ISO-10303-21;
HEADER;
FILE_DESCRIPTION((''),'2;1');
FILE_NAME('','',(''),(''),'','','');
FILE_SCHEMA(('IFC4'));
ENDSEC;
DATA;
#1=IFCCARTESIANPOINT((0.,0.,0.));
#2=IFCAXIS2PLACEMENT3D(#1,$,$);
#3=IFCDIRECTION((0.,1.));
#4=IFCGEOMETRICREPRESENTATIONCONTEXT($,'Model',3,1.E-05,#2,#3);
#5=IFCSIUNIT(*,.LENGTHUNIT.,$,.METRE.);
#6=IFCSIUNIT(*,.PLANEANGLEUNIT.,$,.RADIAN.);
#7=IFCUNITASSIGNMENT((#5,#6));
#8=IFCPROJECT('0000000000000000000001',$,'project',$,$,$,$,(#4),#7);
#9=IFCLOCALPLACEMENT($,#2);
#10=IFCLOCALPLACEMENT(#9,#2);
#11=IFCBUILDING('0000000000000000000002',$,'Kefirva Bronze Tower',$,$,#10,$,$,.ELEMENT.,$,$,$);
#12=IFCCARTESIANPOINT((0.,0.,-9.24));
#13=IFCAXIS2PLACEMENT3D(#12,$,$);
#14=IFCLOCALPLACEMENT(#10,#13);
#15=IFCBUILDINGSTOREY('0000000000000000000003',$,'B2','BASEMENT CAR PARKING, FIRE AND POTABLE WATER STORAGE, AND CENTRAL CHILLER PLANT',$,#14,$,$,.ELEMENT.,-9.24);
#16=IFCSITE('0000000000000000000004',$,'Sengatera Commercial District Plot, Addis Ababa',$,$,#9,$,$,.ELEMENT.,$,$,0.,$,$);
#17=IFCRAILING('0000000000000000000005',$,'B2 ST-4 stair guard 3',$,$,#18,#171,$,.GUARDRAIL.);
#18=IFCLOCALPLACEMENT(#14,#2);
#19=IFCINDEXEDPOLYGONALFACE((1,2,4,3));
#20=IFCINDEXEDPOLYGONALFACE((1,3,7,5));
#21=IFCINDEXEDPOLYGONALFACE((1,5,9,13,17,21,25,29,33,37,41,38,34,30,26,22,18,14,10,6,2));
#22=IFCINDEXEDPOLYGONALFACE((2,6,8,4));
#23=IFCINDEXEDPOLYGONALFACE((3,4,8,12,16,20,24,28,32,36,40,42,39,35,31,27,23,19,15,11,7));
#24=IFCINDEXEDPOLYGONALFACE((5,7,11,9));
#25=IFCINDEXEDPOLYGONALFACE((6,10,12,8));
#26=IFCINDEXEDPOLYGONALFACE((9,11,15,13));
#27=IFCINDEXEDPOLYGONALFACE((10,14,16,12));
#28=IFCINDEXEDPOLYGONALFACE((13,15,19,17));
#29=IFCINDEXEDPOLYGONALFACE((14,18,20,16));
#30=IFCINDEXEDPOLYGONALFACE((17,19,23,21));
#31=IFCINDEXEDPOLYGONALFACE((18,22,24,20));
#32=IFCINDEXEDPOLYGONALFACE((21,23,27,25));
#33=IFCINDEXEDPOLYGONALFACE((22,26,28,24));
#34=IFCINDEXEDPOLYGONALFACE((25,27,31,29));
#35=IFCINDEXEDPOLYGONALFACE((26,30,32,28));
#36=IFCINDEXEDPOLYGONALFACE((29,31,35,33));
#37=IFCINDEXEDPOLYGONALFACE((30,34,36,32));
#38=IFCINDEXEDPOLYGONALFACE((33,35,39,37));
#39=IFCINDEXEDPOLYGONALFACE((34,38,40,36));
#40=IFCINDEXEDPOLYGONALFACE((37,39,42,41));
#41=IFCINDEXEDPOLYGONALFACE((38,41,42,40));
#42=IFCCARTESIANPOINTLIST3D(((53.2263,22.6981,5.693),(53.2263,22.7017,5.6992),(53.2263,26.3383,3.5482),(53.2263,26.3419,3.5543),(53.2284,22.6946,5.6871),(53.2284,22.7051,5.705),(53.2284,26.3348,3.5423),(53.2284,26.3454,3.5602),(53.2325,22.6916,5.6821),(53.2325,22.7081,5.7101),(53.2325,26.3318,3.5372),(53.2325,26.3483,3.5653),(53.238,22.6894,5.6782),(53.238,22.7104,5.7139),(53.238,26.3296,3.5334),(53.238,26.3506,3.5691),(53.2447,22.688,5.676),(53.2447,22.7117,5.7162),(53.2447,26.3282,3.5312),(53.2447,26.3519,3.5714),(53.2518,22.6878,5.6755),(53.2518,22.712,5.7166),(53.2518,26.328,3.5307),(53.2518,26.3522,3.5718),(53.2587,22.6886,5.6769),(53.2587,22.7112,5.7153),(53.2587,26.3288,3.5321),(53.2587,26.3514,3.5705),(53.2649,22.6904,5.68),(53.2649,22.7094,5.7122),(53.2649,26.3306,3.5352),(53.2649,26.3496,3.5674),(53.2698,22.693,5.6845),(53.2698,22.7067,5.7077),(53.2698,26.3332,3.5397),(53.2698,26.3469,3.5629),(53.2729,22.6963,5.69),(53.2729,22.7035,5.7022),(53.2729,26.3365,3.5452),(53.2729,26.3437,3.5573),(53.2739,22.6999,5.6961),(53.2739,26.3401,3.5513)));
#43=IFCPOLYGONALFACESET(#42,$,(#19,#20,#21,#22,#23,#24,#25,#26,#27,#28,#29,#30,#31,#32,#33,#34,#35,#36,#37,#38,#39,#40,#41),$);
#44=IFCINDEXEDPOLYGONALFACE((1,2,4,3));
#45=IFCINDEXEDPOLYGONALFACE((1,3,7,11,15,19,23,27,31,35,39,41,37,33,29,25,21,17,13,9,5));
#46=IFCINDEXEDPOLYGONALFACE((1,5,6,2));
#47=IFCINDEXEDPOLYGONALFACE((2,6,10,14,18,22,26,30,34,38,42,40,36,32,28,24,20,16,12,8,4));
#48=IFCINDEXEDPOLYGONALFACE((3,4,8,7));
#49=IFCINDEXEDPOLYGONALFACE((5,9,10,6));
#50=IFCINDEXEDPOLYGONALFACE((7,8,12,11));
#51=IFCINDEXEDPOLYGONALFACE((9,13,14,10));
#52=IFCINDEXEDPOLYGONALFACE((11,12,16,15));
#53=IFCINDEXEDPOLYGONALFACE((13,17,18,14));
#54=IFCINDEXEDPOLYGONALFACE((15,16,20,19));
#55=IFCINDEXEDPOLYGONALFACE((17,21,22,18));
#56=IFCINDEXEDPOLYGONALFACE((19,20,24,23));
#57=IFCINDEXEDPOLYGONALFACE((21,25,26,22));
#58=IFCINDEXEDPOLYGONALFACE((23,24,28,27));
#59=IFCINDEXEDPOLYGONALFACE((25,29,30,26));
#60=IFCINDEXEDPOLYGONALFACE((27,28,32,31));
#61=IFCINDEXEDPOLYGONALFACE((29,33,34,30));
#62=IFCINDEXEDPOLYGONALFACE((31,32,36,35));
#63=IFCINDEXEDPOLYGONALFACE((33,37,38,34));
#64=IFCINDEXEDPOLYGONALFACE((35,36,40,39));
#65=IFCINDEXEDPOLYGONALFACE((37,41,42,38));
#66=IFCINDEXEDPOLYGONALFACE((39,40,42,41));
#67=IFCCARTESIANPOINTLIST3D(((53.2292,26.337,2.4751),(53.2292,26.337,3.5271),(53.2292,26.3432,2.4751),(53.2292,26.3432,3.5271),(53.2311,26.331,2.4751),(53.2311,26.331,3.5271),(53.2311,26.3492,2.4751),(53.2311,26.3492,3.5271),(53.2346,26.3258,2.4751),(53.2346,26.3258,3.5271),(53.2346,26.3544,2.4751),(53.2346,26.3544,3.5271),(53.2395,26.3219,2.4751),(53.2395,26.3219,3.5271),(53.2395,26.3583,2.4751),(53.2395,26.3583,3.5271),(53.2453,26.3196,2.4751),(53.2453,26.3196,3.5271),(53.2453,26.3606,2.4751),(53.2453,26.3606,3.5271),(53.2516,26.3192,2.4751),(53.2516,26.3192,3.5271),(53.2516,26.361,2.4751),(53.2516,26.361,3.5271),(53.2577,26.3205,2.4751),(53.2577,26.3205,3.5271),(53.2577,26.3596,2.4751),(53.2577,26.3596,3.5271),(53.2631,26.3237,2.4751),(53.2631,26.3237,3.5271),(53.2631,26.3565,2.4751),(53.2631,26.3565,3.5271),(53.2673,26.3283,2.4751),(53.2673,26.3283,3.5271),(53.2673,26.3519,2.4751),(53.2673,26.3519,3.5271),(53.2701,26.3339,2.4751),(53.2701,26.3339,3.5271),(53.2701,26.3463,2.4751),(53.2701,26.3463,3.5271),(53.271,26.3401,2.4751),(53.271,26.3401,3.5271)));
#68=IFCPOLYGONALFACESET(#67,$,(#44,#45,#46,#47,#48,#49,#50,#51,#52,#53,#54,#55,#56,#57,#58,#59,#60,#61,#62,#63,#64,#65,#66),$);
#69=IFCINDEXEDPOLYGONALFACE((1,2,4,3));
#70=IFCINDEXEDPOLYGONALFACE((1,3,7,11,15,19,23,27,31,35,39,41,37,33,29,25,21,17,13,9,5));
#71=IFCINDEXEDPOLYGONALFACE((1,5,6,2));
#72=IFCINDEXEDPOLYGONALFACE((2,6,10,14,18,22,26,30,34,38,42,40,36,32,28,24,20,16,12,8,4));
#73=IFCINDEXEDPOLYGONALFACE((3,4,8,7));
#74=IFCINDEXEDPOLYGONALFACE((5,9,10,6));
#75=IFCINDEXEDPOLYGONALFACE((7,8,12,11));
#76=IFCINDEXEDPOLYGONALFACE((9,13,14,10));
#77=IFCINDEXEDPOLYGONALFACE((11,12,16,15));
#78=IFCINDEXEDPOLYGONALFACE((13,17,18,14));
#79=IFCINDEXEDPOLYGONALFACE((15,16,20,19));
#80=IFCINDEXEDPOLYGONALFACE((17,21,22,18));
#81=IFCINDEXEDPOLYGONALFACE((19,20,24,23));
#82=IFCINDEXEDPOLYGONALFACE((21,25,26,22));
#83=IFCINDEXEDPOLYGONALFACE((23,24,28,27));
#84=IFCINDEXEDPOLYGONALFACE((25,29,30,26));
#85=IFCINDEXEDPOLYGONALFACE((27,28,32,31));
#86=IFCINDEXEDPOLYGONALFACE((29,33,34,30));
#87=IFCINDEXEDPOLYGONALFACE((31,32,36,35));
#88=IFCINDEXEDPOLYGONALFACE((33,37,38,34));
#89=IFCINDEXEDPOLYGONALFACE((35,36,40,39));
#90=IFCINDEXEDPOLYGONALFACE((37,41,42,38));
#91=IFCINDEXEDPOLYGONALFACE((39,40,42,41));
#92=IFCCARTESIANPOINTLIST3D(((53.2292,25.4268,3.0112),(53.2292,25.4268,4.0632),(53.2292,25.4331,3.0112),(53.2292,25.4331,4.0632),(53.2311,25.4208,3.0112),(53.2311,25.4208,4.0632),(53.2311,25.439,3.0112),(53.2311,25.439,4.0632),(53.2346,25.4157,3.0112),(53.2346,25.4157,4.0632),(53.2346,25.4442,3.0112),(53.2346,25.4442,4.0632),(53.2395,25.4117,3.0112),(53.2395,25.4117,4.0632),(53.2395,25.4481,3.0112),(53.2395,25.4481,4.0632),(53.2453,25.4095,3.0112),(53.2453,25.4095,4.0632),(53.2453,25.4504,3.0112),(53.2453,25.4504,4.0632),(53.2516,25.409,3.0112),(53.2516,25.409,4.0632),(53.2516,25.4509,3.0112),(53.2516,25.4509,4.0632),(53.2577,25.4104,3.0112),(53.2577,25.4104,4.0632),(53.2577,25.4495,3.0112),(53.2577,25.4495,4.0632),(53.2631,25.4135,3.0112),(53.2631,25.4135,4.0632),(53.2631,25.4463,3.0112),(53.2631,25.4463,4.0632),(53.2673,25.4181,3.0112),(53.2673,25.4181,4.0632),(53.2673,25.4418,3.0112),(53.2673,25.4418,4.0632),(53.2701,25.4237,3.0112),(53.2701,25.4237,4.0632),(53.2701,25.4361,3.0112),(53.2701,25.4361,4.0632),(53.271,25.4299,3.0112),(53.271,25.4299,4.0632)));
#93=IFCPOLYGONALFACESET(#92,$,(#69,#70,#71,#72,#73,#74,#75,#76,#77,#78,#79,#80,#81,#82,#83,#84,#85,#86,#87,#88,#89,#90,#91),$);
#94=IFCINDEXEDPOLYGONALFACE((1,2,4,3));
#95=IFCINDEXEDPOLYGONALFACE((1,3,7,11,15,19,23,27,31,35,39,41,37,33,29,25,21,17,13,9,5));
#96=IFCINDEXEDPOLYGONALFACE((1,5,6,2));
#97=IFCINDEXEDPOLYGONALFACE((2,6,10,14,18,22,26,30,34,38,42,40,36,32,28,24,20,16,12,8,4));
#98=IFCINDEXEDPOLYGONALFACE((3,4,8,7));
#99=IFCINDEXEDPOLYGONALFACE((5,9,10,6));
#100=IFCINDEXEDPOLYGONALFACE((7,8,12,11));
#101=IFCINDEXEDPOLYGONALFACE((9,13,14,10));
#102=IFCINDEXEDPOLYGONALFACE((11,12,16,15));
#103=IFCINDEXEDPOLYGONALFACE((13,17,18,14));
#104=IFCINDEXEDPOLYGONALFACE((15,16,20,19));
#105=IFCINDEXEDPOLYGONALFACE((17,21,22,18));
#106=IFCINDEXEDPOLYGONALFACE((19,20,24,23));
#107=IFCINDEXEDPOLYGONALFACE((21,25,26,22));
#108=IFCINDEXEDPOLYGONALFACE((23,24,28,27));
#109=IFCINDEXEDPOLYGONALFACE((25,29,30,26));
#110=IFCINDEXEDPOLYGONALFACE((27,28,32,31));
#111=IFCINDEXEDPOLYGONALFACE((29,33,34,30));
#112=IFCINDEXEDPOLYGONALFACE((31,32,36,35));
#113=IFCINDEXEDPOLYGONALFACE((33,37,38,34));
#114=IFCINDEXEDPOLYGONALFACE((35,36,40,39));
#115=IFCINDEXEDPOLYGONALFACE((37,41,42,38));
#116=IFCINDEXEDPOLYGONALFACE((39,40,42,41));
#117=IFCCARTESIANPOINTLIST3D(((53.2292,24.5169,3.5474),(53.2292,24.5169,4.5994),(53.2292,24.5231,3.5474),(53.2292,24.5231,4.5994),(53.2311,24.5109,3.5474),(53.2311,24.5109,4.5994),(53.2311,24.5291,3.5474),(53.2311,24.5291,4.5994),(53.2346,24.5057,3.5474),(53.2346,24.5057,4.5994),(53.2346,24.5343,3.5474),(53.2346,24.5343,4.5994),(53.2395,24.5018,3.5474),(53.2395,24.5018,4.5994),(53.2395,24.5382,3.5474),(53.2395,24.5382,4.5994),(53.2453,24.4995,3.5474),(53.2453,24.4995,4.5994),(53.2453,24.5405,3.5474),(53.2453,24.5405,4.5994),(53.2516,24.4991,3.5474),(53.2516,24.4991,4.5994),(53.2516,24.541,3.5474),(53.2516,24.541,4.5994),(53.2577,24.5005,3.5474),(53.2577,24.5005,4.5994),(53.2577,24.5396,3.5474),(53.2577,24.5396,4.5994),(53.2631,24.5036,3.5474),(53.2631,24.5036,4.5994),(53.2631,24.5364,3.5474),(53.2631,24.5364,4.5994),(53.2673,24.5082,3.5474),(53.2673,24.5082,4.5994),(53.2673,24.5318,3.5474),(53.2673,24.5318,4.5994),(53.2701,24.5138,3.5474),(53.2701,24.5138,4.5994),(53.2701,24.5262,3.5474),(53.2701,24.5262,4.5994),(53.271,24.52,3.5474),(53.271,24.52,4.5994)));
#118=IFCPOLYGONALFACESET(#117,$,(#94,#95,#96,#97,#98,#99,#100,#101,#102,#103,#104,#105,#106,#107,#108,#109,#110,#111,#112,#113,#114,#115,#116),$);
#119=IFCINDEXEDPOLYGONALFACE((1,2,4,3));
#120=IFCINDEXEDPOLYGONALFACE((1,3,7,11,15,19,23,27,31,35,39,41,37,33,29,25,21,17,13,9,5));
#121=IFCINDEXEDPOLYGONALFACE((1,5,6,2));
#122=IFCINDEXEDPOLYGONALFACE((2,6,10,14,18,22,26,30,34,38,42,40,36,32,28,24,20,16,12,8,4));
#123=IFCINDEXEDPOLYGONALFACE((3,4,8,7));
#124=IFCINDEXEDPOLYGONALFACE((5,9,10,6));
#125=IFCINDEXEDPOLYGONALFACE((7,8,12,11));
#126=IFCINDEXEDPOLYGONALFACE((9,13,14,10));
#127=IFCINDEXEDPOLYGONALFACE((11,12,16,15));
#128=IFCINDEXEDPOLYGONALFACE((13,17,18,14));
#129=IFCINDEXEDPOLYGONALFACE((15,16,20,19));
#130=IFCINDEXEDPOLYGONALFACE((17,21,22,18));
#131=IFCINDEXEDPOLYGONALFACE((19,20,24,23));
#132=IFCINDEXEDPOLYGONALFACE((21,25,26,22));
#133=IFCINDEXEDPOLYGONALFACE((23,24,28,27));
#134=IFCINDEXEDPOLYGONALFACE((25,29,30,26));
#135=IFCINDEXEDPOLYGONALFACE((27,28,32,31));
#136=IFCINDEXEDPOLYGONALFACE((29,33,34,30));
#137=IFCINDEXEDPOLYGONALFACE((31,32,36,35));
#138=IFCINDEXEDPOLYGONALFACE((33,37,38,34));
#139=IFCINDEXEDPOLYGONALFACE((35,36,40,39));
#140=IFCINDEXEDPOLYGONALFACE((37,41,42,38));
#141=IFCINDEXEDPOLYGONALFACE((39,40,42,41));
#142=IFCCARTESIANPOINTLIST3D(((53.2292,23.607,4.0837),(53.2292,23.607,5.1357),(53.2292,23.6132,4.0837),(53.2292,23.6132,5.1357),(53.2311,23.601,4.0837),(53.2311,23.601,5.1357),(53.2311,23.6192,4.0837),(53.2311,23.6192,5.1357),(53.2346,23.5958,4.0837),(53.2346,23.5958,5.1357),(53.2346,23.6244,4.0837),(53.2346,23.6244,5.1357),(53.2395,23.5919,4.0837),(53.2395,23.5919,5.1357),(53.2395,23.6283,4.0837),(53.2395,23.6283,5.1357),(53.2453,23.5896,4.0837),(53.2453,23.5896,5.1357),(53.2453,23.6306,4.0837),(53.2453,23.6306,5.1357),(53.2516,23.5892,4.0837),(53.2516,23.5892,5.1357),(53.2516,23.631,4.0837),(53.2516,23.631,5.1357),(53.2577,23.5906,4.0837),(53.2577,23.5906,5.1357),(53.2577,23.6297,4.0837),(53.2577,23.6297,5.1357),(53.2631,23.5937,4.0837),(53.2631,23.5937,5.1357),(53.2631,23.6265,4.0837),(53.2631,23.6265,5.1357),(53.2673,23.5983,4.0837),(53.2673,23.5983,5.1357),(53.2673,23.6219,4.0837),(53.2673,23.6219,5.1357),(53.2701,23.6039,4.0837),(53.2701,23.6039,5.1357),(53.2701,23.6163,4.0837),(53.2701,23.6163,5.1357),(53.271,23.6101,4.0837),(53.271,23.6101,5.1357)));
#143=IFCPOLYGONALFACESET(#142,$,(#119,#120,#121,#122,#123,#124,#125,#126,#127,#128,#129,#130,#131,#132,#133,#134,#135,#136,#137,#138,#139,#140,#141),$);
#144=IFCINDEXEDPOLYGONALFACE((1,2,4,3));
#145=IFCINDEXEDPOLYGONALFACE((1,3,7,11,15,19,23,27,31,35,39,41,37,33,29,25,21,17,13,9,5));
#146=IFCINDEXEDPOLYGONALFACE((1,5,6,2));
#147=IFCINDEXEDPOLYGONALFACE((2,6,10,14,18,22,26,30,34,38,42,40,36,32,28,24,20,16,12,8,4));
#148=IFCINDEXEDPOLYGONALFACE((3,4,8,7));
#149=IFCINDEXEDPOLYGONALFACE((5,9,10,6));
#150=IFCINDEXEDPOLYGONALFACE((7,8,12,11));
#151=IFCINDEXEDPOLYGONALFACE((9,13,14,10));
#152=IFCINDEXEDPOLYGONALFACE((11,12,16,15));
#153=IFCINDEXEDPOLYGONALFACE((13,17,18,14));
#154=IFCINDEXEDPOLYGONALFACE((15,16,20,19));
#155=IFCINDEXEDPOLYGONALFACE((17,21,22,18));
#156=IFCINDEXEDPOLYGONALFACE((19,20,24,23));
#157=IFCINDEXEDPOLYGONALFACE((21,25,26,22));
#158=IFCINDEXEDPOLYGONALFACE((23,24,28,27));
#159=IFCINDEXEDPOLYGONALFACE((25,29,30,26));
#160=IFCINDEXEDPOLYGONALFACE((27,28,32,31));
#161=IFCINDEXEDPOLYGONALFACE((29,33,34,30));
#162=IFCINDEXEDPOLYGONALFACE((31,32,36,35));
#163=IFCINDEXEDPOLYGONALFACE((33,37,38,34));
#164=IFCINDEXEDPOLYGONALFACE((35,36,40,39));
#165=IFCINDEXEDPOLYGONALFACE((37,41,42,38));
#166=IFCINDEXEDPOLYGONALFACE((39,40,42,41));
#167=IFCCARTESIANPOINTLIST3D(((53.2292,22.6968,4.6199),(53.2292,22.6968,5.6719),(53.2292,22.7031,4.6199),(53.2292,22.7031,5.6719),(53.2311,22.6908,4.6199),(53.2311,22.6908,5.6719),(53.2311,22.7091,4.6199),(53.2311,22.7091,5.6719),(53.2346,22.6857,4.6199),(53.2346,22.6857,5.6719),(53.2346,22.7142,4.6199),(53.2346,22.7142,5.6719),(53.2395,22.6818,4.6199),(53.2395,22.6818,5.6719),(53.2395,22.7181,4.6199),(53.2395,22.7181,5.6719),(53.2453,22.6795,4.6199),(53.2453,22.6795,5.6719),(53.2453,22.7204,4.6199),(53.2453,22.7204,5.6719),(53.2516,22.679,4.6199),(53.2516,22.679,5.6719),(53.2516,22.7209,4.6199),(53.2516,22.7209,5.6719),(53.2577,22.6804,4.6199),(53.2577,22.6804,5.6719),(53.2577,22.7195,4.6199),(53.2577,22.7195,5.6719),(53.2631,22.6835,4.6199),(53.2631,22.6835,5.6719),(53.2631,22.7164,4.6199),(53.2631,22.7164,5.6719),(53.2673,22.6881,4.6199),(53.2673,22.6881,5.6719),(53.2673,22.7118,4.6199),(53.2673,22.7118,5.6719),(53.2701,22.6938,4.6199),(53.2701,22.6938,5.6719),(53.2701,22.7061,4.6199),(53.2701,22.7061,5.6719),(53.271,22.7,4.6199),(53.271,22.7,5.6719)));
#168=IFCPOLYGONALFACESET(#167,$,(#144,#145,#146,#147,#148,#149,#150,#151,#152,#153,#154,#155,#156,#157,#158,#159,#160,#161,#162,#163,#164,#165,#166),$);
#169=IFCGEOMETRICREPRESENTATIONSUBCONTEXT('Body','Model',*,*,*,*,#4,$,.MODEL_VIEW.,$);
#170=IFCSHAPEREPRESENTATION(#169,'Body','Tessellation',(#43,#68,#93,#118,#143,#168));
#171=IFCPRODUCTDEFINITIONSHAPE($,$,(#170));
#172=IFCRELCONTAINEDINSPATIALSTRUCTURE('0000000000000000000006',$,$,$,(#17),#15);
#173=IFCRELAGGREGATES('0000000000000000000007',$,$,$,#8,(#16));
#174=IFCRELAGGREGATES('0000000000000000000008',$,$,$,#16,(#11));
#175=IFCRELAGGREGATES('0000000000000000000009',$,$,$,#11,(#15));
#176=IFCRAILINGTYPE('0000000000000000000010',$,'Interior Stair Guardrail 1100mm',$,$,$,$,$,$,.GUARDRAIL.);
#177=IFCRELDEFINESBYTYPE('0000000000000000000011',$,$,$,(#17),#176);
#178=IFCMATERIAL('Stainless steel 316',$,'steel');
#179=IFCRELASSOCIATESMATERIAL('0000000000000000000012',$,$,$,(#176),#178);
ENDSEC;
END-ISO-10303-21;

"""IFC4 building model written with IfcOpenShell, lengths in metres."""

from ifc_helpers import new_model, si_unit, direction, frame, origin, origin_2d, place, context, subcontext, project, spatial, circle, extrude, material, type_object, element, save


model = new_model("IFC4")

# Units and contexts
model_context = context("Model", 3, precision=1e-05, world=origin(), true_north=direction((0.0, 1.0)))
body_context = subcontext(model_context, "Body", "Model", "MODEL_VIEW")
ifc_project = project(units=[si_unit("LENGTHUNIT", "METRE"), si_unit("PLANEANGLEUNIT", "RADIAN")], contexts=[model_context])

# Site, building, storey
site_placement = place(None, origin())
site = spatial("IfcSite", under=ifc_project, at=site_placement, Name="Sengatera Commercial District Plot, Addis Ababa", CompositionType="ELEMENT", RefElevation=0.0)
building_placement = place(site_placement, origin())
building = spatial("IfcBuilding", under=site, at=building_placement, Name="Kefirva Bronze Tower", CompositionType="ELEMENT")
storey_placement = place(building_placement, frame((0.0, 0.0, -9.24)))
storey = spatial("IfcBuildingStorey", under=building, at=storey_placement, Name="B2", Description="BASEMENT CAR PARKING, FIRE AND POTABLE WATER STORAGE, AND CENTRAL CHILLER PLANT", CompositionType="ELEMENT", Elevation=-9.24)

# Railing
ifc_material_1 = material(Name="Stainless steel 316", Category="steel")
railing_type_1 = type_object("IfcRailingType", Name="Interior Stair Guardrail 1100mm", PredefinedType="GUARDRAIL", material=ifc_material_1)
railing_1_placement = place(storey_placement, frame((53.25, 26.3401, 2.4751)))
element("IfcRailing", 1, at=railing_1_placement, inside=storey, type_object=railing_type_1, Name="B2 ST-4 stair guard 3", PredefinedType="GUARDRAIL", context=body_context, shape_type="SweptSolid", body=[
    extrude(circle(Radius=0.0239, at=origin_2d()), frame((0.0, 0.0, 1.0762), z_axis=(0.0, -0.86157, 0.507639), x_axis=(1.0, 0.0, 0.0)), (0.0, 0.0, 1.0), 4.2251),
    extrude(circle(Radius=0.021, at=origin_2d()), origin(), (0.0, 0.0, 1.0), 1.052),
    extrude(circle(Radius=0.021, at=origin_2d()), frame((0.0, -0.9102, 0.5361)), (0.0, 0.0, 1.0), 1.052),
    extrude(circle(Radius=0.021, at=origin_2d()), frame((0.0, -1.8201, 1.0723)), (0.0, 0.0, 1.0), 1.052),
    extrude(circle(Radius=0.021, at=origin_2d()), frame((0.0, -2.73, 1.6086)), (0.0, 0.0, 1.0), 1.052),
    extrude(circle(Radius=0.021, at=origin_2d()), frame((0.0, -3.6401, 2.1448)), (0.0, 0.0, 1.0), 1.052),
])

save(model, "model.ifc")
